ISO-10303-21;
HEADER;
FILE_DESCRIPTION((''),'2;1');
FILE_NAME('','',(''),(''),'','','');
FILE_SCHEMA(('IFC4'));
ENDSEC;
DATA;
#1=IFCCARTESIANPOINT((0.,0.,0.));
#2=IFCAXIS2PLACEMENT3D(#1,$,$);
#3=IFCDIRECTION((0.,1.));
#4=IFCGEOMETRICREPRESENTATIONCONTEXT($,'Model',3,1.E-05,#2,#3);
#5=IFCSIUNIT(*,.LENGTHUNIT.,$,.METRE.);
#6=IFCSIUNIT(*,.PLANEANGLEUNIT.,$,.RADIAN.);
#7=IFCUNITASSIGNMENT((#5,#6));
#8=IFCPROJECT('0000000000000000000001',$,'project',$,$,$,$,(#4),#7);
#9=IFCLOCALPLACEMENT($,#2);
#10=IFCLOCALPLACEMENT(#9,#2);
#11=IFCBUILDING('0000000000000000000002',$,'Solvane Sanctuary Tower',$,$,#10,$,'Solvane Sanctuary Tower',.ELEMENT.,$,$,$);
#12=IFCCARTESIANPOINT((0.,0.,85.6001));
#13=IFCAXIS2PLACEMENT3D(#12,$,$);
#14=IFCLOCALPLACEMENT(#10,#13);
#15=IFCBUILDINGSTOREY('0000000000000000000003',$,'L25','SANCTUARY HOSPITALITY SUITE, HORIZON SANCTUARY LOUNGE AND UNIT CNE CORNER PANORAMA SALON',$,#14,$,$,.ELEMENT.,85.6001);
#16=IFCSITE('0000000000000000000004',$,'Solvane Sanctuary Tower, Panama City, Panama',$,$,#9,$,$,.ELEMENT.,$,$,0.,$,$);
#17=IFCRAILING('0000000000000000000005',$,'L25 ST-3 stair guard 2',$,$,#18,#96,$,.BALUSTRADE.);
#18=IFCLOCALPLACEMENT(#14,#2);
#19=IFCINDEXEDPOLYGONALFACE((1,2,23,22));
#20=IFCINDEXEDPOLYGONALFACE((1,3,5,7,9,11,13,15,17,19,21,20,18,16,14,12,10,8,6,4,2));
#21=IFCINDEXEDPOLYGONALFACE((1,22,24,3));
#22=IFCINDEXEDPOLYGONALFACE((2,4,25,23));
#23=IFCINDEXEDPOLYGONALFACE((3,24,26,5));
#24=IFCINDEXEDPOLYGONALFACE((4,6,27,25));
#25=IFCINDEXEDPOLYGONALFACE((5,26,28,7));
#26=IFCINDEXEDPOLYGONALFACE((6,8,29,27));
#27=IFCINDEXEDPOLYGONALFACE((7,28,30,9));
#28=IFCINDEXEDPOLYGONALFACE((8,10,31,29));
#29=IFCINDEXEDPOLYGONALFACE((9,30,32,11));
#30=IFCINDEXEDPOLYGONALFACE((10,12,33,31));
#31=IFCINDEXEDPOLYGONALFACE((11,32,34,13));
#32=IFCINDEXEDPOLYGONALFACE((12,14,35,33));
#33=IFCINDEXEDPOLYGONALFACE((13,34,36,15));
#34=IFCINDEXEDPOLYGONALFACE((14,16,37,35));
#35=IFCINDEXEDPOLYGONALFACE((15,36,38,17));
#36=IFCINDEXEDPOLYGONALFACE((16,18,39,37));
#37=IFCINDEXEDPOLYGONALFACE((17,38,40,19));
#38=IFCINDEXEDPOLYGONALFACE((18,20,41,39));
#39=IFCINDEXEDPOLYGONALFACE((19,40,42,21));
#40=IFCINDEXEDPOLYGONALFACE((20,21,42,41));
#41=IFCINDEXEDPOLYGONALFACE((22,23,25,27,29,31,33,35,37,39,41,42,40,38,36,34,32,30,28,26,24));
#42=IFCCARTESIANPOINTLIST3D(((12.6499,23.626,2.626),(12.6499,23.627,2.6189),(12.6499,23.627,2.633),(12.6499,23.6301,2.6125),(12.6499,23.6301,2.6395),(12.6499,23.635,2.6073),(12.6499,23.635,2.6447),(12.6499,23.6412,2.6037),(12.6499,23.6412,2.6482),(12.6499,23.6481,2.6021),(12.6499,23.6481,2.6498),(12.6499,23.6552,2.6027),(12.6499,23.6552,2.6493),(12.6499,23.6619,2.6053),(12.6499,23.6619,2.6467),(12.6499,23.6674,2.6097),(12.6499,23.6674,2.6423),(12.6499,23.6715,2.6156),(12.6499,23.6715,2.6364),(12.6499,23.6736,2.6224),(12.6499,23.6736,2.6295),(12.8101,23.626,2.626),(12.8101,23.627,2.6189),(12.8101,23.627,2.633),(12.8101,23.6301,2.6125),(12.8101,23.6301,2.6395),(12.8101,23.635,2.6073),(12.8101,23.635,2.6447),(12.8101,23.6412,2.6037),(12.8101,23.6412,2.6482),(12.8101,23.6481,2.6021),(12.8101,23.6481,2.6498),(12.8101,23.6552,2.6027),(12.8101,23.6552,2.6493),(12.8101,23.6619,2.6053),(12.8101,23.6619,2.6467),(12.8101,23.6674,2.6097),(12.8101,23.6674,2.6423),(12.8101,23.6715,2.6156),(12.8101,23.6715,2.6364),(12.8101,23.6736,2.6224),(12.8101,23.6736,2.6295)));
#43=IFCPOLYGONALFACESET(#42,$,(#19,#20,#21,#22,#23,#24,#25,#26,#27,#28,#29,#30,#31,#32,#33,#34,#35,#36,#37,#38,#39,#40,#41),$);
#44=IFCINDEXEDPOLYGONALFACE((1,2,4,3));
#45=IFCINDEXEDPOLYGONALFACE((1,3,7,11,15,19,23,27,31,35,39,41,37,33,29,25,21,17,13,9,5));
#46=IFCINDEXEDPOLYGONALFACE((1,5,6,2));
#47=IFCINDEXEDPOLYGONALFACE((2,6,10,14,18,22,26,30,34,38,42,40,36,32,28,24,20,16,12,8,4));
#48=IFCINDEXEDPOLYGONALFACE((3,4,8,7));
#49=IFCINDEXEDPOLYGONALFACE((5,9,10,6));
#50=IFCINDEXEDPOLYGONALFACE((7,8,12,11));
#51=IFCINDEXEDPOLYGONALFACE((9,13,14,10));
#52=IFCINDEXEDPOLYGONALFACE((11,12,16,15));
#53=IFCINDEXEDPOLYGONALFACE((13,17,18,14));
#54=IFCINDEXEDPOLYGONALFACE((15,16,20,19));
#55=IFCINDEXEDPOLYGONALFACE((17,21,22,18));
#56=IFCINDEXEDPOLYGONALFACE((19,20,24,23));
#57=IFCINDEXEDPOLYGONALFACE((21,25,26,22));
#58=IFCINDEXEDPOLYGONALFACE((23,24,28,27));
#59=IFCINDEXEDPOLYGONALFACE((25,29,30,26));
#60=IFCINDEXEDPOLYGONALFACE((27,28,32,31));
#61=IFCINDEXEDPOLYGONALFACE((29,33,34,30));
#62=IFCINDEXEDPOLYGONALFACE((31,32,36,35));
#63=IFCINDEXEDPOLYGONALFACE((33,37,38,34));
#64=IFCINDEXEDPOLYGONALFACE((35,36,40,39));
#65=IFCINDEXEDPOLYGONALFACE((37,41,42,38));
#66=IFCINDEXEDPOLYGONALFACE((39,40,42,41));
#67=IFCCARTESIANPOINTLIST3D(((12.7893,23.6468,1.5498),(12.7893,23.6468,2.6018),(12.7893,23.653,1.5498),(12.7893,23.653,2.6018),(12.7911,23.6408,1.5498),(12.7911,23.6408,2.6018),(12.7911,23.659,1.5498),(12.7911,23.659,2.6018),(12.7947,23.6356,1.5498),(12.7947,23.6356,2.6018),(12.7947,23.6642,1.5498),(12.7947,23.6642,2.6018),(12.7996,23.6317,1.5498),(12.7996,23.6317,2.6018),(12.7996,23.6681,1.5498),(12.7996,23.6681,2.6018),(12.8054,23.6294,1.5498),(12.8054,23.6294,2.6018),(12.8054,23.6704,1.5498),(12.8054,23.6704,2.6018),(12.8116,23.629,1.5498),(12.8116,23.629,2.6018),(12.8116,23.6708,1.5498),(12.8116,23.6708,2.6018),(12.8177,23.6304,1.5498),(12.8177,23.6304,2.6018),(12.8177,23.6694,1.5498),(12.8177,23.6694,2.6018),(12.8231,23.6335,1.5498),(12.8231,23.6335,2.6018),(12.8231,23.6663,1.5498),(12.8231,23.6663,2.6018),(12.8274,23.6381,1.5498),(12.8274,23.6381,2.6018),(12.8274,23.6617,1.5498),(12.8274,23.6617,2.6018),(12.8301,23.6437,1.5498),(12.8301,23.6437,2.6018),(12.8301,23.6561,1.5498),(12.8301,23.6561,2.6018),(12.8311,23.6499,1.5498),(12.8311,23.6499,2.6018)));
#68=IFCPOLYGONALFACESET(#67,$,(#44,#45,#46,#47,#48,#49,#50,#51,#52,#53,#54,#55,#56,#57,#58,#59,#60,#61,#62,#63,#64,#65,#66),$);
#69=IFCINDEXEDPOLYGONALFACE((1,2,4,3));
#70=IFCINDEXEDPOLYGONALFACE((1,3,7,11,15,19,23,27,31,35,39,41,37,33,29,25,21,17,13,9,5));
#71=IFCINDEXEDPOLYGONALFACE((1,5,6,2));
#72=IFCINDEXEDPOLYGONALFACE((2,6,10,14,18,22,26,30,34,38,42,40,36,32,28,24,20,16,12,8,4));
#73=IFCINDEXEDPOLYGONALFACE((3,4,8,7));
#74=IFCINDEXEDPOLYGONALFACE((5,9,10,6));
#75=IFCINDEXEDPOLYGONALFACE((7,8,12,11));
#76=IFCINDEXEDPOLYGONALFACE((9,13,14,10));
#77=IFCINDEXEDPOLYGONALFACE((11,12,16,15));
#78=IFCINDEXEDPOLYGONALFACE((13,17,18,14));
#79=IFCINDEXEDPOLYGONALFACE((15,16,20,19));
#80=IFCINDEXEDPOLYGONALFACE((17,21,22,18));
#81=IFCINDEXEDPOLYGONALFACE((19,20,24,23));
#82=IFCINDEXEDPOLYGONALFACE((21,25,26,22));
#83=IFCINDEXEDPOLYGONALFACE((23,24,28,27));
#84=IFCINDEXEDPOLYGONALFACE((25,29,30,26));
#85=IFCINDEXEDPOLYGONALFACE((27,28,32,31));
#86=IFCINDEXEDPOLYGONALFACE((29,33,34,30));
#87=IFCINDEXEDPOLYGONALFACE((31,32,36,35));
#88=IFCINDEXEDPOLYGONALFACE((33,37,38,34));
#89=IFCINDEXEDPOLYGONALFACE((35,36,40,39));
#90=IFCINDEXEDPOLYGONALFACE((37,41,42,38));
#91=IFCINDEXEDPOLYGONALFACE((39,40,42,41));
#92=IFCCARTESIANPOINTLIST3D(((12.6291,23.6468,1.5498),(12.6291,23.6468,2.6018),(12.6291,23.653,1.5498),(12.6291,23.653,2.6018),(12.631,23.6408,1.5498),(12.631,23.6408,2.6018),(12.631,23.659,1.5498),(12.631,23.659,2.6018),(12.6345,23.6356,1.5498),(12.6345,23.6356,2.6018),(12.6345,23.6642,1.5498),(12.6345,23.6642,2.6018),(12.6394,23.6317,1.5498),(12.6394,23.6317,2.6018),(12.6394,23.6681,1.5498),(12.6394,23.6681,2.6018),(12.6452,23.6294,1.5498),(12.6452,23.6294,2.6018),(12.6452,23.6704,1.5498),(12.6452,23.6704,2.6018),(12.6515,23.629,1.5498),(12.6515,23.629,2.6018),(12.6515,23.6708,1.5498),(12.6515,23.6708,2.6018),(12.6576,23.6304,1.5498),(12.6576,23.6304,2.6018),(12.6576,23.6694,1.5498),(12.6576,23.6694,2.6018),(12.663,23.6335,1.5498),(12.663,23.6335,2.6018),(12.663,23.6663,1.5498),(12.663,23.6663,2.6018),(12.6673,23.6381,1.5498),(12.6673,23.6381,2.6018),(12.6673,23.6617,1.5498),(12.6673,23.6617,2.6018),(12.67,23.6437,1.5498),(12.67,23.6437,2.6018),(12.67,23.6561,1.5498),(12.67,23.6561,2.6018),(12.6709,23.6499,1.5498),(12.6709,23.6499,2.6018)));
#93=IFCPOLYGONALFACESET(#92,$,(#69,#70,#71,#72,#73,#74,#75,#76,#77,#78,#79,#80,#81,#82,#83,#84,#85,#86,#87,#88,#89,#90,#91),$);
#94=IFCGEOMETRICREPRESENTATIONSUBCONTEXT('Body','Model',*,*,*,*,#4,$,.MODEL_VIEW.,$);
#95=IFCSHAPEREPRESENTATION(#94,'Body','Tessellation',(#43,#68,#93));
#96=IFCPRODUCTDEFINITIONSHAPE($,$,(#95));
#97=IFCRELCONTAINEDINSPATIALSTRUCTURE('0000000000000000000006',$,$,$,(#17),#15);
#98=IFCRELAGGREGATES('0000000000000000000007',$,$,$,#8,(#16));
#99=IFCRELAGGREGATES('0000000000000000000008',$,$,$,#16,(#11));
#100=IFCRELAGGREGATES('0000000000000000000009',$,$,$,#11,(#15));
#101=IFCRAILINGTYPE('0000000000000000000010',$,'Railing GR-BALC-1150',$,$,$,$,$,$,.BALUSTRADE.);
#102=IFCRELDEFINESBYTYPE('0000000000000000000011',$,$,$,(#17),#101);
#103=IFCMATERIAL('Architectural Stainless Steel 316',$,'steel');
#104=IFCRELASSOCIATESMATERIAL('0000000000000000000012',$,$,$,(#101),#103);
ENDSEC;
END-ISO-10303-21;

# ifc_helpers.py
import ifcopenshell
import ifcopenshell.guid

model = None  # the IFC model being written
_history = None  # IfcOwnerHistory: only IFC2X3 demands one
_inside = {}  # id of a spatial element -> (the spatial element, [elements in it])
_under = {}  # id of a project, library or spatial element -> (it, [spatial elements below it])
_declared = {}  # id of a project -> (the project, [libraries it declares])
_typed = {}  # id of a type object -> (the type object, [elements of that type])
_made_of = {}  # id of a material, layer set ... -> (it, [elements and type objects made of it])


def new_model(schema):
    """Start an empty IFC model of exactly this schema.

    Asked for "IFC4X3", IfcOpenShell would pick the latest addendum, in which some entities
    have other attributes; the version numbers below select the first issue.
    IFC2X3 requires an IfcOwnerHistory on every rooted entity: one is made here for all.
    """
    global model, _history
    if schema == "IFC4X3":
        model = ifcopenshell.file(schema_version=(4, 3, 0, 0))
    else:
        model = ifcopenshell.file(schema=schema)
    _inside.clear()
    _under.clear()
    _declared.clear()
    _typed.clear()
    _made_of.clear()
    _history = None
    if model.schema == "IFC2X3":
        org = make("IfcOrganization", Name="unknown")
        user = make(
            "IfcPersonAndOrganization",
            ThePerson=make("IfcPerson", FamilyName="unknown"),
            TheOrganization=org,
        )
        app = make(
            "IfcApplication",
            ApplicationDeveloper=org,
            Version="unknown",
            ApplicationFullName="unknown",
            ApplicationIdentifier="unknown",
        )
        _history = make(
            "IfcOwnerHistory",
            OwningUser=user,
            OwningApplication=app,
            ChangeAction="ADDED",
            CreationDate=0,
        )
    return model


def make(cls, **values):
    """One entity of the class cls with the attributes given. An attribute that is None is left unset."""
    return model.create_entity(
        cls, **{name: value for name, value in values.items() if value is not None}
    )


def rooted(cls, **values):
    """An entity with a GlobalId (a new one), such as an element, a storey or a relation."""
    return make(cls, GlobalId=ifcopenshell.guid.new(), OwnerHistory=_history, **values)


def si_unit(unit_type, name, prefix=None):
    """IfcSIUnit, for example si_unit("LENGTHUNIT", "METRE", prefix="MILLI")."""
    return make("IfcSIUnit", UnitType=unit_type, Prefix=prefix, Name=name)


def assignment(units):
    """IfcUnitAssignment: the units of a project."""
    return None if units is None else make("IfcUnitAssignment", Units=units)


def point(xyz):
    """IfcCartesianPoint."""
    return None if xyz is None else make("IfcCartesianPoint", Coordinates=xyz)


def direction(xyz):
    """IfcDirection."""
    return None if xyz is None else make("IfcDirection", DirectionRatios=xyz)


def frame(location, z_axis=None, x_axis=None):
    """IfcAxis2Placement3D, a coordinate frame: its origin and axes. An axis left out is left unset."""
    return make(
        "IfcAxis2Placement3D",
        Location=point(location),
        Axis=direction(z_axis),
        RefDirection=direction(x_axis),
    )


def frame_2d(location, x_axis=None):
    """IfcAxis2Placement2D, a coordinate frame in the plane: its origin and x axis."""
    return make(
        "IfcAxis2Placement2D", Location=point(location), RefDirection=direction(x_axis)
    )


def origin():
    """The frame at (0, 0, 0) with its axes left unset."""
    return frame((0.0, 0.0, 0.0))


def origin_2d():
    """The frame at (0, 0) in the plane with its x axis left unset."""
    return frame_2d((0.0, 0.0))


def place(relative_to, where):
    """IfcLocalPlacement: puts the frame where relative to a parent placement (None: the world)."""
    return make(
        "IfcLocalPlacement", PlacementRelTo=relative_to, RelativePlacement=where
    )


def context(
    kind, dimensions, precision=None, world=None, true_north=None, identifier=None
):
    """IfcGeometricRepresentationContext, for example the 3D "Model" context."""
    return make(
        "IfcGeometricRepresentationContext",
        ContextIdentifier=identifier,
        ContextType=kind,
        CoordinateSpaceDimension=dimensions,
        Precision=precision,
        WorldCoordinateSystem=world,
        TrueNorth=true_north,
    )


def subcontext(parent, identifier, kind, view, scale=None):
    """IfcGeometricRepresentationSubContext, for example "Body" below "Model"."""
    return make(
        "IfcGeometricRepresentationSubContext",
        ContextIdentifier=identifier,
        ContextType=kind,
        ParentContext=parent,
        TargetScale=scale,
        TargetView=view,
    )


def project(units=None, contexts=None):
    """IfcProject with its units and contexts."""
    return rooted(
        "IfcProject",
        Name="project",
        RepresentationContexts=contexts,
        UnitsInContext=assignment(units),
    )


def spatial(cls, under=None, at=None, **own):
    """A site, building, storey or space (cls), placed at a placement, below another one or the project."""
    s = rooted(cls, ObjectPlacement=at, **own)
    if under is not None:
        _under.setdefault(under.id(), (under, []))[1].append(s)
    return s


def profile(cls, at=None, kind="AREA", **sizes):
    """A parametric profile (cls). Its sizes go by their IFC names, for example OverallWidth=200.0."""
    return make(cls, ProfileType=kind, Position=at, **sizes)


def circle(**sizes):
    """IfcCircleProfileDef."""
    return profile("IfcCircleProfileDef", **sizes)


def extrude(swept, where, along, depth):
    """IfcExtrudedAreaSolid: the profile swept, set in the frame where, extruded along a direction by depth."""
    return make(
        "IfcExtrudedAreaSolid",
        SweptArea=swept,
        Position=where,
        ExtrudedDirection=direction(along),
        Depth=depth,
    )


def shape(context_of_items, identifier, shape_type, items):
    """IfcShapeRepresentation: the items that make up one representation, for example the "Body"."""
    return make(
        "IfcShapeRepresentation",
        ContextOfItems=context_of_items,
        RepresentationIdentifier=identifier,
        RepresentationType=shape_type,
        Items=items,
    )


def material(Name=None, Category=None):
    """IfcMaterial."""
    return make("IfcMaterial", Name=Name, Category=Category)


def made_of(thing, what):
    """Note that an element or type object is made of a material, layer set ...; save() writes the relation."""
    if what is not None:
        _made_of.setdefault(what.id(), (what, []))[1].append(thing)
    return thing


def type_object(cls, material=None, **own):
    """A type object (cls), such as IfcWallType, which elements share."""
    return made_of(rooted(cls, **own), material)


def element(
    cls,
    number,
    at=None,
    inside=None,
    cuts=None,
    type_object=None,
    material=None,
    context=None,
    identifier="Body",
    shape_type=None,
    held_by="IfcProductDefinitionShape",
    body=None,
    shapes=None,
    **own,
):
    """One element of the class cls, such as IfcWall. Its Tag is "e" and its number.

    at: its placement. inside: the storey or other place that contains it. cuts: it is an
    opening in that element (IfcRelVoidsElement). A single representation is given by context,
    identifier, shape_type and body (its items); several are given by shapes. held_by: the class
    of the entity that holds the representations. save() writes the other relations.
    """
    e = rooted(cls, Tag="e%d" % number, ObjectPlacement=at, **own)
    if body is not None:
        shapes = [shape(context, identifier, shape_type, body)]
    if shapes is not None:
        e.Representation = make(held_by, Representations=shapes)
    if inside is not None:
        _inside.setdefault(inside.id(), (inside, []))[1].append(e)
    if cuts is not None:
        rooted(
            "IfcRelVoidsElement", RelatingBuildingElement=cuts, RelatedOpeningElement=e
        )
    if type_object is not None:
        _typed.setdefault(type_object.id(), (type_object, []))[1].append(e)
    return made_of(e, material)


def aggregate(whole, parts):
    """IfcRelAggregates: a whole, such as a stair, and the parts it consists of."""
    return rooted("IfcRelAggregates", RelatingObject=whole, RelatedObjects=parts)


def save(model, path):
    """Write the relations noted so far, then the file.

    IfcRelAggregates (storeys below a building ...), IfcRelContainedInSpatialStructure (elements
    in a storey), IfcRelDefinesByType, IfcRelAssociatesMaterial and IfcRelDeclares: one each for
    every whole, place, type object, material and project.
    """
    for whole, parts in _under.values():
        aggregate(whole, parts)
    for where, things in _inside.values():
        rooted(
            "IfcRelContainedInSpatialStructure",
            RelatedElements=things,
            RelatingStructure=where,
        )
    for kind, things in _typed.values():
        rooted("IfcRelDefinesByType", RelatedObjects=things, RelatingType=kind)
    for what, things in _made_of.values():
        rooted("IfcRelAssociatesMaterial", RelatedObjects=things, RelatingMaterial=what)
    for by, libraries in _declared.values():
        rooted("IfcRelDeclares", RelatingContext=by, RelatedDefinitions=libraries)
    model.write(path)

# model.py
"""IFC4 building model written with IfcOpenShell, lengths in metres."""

from ifc_helpers import new_model, si_unit, direction, frame, origin, origin_2d, place, context, subcontext, project, spatial, circle, extrude, material, type_object, element, save


model = new_model("IFC4")

# Units and contexts
model_context = context("Model", 3, precision=1e-05, world=origin(), true_north=direction((0.0, 1.0)))
body_context = subcontext(model_context, "Body", "Model", "MODEL_VIEW")
ifc_project = project(units=[si_unit("LENGTHUNIT", "METRE"), si_unit("PLANEANGLEUNIT", "RADIAN")], contexts=[model_context])

# Site, building, storey
site_placement = place(None, origin())
site = spatial("IfcSite", under=ifc_project, at=site_placement, Name="Solvane Sanctuary Tower, Panama City, Panama", CompositionType="ELEMENT", RefElevation=0.0)
building_placement = place(site_placement, origin())
building = spatial("IfcBuilding", under=site, at=building_placement, Name="Solvane Sanctuary Tower", LongName="Solvane Sanctuary Tower", CompositionType="ELEMENT")
storey_placement = place(building_placement, frame((0.0, 0.0, 85.6001)))
storey = spatial("IfcBuildingStorey", under=building, at=storey_placement, Name="L25", Description="SANCTUARY HOSPITALITY SUITE, HORIZON SANCTUARY LOUNGE AND UNIT CNE CORNER PANORAMA SALON", CompositionType="ELEMENT", Elevation=85.6001)

# Railing
ifc_material_1 = material(Name="Architectural Stainless Steel 316", Category="steel")
railing_type_1 = type_object("IfcRailingType", Name="Railing GR-BALC-1150", PredefinedType="BALUSTRADE", material=ifc_material_1)
railing_1_placement = place(storey_placement, frame((12.8101, 23.6499, 1.5498)))
element("IfcRailing", 1, at=railing_1_placement, inside=storey, type_object=railing_type_1, Name="L25 ST-3 stair guard 2", PredefinedType="BALUSTRADE", context=body_context, shape_type="SweptSolid", body=[
    extrude(circle(Radius=0.0239, at=origin_2d()), frame((0.0, 0.0, 1.0762), z_axis=(-1.0, 0.0, 0.0), x_axis=(0.0, -1.0, 0.0)), (0.0, 0.0, 1.0), 0.1602),
    extrude(circle(Radius=0.021, at=origin_2d()), origin(), (0.0, 0.0, 1.0), 1.052),
    extrude(circle(Radius=0.021, at=origin_2d()), frame((-0.1602, 0.0, 0.0)), (0.0, 0.0, 1.0), 1.052),
])

save(model, "model.ifc")
